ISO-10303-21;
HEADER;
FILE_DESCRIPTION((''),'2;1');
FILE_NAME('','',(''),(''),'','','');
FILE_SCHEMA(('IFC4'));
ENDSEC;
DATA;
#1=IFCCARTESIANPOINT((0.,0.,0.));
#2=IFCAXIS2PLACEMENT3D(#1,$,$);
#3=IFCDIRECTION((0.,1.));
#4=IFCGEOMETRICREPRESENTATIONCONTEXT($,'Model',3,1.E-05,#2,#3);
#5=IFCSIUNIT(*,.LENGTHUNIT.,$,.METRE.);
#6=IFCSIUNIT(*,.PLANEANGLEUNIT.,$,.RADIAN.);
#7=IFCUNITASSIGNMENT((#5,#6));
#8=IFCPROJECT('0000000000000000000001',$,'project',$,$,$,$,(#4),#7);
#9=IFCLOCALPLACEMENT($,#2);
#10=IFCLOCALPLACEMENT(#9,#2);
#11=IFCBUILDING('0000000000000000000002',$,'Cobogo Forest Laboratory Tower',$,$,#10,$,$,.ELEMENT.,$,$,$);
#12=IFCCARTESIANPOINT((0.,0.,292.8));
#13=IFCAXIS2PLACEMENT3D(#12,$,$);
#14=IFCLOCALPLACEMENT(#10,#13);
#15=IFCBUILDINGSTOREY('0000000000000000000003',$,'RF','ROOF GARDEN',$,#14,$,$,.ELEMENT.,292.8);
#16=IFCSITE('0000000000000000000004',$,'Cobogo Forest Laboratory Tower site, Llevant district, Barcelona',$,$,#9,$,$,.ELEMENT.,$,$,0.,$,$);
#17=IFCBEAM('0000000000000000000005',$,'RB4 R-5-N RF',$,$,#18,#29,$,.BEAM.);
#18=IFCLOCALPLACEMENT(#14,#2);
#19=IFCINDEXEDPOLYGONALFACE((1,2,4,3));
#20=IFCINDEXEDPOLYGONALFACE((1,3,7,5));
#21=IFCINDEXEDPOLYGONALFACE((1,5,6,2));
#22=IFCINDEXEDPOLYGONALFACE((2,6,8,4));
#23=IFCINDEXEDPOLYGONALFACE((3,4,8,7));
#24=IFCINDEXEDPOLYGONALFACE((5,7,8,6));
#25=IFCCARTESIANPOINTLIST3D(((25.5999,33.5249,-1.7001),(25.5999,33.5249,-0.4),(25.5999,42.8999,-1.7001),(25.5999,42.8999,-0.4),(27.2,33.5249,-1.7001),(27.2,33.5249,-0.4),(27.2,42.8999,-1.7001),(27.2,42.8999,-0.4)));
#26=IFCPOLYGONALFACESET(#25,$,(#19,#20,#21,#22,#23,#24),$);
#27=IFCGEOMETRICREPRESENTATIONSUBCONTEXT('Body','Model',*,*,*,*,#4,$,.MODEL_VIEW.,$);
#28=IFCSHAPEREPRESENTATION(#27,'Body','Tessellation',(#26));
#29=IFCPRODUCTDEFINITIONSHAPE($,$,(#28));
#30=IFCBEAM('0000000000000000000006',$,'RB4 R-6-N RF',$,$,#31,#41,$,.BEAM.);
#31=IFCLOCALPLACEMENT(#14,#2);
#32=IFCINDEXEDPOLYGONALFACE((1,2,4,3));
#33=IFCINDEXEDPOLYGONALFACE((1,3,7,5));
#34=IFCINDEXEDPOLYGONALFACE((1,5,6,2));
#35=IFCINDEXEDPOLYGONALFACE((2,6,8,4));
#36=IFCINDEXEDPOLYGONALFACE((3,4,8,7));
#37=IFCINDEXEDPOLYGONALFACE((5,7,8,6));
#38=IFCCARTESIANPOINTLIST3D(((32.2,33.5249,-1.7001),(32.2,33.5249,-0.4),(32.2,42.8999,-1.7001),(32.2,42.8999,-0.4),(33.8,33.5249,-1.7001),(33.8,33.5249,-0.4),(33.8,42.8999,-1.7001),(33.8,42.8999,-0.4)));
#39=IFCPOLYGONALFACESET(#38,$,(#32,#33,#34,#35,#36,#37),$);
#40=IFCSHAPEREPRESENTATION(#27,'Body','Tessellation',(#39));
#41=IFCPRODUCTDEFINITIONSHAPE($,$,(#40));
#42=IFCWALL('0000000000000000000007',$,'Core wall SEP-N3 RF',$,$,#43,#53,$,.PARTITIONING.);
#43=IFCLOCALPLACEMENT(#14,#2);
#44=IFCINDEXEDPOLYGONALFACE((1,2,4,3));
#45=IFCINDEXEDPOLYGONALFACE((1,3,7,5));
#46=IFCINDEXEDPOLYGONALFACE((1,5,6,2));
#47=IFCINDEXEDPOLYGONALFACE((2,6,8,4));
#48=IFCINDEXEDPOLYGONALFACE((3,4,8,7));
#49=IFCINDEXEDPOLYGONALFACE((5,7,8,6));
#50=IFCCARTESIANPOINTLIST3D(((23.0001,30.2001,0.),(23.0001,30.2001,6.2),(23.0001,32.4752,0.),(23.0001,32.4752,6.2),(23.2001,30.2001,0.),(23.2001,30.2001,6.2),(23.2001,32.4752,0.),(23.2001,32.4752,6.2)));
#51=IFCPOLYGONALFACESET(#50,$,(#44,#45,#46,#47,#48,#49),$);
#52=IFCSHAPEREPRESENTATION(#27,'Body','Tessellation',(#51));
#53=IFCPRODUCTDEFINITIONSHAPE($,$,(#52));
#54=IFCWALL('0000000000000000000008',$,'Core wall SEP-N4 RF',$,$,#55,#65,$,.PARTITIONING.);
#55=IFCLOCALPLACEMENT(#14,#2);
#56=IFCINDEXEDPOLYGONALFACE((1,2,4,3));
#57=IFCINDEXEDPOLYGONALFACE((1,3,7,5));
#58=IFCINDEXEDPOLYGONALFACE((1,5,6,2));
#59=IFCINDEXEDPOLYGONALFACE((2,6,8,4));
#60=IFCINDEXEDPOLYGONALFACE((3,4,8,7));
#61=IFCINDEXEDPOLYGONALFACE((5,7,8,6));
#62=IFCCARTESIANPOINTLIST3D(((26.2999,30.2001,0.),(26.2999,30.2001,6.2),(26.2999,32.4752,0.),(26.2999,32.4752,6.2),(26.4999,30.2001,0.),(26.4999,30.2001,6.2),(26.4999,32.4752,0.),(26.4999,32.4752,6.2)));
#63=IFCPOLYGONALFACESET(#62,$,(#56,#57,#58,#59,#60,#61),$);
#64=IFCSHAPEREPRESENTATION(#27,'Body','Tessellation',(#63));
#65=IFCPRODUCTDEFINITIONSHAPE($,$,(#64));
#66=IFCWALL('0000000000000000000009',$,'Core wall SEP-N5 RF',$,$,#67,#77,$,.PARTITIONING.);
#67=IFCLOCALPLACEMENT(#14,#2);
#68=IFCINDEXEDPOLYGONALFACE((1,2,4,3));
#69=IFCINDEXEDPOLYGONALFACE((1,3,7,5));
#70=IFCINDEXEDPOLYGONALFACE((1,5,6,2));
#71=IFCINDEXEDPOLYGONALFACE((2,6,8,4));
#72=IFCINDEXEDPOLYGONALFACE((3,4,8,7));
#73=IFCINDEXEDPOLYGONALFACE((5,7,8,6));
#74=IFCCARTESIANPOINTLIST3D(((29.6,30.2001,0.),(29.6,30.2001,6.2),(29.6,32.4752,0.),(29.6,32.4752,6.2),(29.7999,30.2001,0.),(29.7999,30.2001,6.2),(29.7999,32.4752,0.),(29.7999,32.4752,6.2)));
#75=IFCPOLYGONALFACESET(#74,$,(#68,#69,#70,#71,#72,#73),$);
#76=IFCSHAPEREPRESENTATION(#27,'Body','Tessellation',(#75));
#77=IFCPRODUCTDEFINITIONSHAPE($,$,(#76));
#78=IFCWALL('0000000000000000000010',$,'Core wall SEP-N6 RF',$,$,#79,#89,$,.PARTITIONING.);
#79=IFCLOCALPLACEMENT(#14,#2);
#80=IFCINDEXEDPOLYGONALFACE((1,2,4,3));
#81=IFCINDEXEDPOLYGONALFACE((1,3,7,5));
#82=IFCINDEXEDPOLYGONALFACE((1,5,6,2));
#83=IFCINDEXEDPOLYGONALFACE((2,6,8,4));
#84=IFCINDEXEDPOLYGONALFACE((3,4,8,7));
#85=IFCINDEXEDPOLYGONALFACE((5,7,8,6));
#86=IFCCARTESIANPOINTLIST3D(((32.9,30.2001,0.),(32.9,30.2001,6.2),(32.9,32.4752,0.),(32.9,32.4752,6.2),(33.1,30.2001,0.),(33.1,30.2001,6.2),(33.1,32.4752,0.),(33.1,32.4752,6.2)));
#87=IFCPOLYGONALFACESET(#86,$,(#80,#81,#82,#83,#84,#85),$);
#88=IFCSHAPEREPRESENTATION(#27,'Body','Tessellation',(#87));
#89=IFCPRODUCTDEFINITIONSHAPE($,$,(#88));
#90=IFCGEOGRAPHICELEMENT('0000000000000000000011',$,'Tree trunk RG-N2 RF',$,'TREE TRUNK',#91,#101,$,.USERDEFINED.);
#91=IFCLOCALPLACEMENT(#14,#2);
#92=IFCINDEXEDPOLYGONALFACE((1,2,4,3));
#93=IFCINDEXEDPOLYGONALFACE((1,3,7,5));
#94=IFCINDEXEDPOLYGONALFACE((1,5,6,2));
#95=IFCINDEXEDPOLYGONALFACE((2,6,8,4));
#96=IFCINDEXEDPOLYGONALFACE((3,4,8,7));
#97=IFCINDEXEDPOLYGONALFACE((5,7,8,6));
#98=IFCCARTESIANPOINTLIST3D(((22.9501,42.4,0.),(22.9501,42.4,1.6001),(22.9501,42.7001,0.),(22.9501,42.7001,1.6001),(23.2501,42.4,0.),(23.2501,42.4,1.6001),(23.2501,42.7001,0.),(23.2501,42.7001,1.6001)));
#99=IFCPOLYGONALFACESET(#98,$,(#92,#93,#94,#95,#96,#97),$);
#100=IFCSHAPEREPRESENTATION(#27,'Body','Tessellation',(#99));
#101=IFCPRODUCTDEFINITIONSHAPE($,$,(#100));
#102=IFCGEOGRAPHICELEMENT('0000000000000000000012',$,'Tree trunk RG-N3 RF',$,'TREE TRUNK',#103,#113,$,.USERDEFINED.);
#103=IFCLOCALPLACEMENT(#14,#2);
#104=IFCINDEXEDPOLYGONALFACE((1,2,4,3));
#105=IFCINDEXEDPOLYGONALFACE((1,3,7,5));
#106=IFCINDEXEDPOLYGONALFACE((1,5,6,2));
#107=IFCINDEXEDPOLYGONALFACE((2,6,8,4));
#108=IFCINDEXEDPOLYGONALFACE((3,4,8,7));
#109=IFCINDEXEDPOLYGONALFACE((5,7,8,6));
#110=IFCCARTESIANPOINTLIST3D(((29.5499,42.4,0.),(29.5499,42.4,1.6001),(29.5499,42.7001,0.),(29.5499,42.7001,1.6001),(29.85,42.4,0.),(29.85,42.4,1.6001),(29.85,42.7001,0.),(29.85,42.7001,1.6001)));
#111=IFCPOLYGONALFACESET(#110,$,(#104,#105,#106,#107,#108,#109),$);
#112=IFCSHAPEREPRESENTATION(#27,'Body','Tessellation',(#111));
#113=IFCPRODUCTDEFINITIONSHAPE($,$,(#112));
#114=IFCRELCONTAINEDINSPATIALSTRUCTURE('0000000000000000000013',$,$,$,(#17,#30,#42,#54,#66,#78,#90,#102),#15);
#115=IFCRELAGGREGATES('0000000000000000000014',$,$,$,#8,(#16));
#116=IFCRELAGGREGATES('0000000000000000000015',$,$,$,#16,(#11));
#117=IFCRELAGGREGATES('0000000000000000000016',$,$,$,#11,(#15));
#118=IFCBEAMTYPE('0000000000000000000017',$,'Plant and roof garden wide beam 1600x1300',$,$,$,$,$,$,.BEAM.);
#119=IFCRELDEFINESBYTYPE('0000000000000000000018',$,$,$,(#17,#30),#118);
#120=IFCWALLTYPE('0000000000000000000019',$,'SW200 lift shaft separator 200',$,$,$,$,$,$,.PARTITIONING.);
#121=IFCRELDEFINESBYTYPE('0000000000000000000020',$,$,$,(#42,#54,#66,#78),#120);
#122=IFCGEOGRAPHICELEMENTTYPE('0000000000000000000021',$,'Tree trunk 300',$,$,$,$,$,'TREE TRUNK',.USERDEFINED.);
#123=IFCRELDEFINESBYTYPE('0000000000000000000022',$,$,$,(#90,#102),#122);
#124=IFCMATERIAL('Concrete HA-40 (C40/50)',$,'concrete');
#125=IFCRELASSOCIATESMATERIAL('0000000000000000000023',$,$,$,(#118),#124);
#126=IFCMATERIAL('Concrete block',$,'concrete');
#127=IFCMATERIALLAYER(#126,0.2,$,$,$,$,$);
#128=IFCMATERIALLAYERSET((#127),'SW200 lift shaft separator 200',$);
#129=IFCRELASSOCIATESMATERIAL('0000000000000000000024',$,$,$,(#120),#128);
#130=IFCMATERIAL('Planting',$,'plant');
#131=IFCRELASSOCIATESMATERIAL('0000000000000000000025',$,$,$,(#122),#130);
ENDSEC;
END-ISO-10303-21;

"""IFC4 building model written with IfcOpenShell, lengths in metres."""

from ifc_helpers import new_model, si_unit, direction, frame, frame_2d, origin, origin_2d, place, context, subcontext, project, spatial, rectangle, extrude, material, layer, layer_set, material_profile, profile_set, type_object, element, save


model = new_model("IFC4")

# Units and contexts
model_context = context("Model", 3, precision=1e-05, world=origin(), true_north=direction((0.0, 1.0)))
body_context = subcontext(model_context, "Body", "Model", "MODEL_VIEW")
ifc_project = project(units=[si_unit("LENGTHUNIT", "METRE"), si_unit("PLANEANGLEUNIT", "RADIAN")], contexts=[model_context])

# Site, building, storey
site_placement = place(None, origin())
site = spatial("IfcSite", under=ifc_project, at=site_placement, Name="Cobogo Forest Laboratory Tower site, Llevant district, Barcelona", CompositionType="ELEMENT", RefElevation=0.0)
building_placement = place(site_placement, origin())
building = spatial("IfcBuilding", under=site, at=building_placement, Name="Cobogo Forest Laboratory Tower", CompositionType="ELEMENT")
storey_placement = place(building_placement, frame((0.0, 0.0, 292.8)))
storey = spatial("IfcBuildingStorey", under=building, at=storey_placement, Name="RF", Description="ROOF GARDEN", CompositionType="ELEMENT", Elevation=292.8)

# Beams
ifc_material_1 = material(Name="Concrete HA-40 (C40/50)", Category="concrete")
ifc_material_profile_1 = material_profile(ifc_material_1, rectangle(XDim=1.6001, YDim=1.3, at=origin_2d()), Name="RC 1600x1300")
ifc_profile_set_1 = profile_set([ifc_material_profile_1], Name="Concrete HA-40 (C40/50)")
beam_type_1 = type_object("IfcBeamType", Name="Plant and roof garden wide beam 1600x1300", PredefinedType="BEAM", material=ifc_profile_set_1)
for number, where, z_axis, x_axis, name in (
    (1, (26.3999, 33.5249, -1.05), (0.0, 1.0, 0.0), (-1.0, 0.0, 0.0), "RB4 R-5-N RF"),
    (2, (33.0, 33.5249, -1.05), (0.0, 1.0, 0.0), (-1.0, 0.0, 0.0), "RB4 R-6-N RF"),
):
    element("IfcBeam", number, at=place(storey_placement, frame(where, z_axis=z_axis, x_axis=x_axis)), inside=storey, type_object=beam_type_1, Name=name, PredefinedType="BEAM", context=body_context, shape_type="SweptSolid", body=[
        extrude(rectangle(XDim=1.6001, YDim=1.3, at=origin_2d()), origin(), (0.0, 0.0, 1.0), 9.375),
    ])

# Walls
ifc_material_2 = material(Name="Concrete block", Category="concrete")
ifc_layer = layer(ifc_material_2, 0.2)
ifc_layer_set = layer_set([ifc_layer], Name="SW200 lift shaft separator 200")
wall_type = type_object("IfcWallType", Name="SW200 lift shaft separator 200", PredefinedType="PARTITIONING", material=ifc_layer_set)
for number, where, z_axis, x_axis, name in (
    (3, (23.1001, 30.2, 0.0), (0.0, 0.0, 1.0), (0.0, 1.0, 0.0), "Core wall SEP-N3 RF"),
    (4, (26.3999, 30.2, 0.0), (0.0, 0.0, 1.0), (0.0, 1.0, 0.0), "Core wall SEP-N4 RF"),
    (5, (29.7, 30.2, 0.0), (0.0, 0.0, 1.0), (0.0, 1.0, 0.0), "Core wall SEP-N5 RF"),
    (6, (33.0, 30.2, 0.0), (0.0, 0.0, 1.0), (0.0, 1.0, 0.0), "Core wall SEP-N6 RF"),
):
    element("IfcWall", number, at=place(storey_placement, frame(where, z_axis=z_axis, x_axis=x_axis)), inside=storey, type_object=wall_type, Name=name, PredefinedType="PARTITIONING", context=body_context, shape_type="SweptSolid", body=[
        extrude(rectangle(XDim=2.2751, YDim=0.2, at=frame_2d((1.1377, 0.0))), origin(), (0.0, 0.0, 1.0), 6.2),
    ])

# Geographic elements
ifc_material_3 = material(Name="Planting", Category="plant")
geographic_element_type = type_object("IfcGeographicElementType", Name="Tree trunk 300", ElementType="TREE TRUNK", PredefinedType="USERDEFINED", material=ifc_material_3)
for number, where, z_axis, x_axis, name in (
    (7, (23.1001, 42.55, 0.0), (0.0, 0.0, 1.0), (1.0, 0.0, 0.0), "Tree trunk RG-N2 RF"),
    (8, (29.7, 42.55, 0.0), (0.0, 0.0, 1.0), (1.0, 0.0, 0.0), "Tree trunk RG-N3 RF"),
):
    element("IfcGeographicElement", number, at=place(storey_placement, frame(where, z_axis=z_axis, x_axis=x_axis)), inside=storey, type_object=geographic_element_type, Name=name, ObjectType="TREE TRUNK", PredefinedType="USERDEFINED", context=body_context, shape_type="SweptSolid", body=[
        extrude(rectangle(XDim=0.3, YDim=0.3, at=origin_2d()), origin(), (0.0, 0.0, 1.0), 1.6001),
    ])

save(model, "model.ifc")
